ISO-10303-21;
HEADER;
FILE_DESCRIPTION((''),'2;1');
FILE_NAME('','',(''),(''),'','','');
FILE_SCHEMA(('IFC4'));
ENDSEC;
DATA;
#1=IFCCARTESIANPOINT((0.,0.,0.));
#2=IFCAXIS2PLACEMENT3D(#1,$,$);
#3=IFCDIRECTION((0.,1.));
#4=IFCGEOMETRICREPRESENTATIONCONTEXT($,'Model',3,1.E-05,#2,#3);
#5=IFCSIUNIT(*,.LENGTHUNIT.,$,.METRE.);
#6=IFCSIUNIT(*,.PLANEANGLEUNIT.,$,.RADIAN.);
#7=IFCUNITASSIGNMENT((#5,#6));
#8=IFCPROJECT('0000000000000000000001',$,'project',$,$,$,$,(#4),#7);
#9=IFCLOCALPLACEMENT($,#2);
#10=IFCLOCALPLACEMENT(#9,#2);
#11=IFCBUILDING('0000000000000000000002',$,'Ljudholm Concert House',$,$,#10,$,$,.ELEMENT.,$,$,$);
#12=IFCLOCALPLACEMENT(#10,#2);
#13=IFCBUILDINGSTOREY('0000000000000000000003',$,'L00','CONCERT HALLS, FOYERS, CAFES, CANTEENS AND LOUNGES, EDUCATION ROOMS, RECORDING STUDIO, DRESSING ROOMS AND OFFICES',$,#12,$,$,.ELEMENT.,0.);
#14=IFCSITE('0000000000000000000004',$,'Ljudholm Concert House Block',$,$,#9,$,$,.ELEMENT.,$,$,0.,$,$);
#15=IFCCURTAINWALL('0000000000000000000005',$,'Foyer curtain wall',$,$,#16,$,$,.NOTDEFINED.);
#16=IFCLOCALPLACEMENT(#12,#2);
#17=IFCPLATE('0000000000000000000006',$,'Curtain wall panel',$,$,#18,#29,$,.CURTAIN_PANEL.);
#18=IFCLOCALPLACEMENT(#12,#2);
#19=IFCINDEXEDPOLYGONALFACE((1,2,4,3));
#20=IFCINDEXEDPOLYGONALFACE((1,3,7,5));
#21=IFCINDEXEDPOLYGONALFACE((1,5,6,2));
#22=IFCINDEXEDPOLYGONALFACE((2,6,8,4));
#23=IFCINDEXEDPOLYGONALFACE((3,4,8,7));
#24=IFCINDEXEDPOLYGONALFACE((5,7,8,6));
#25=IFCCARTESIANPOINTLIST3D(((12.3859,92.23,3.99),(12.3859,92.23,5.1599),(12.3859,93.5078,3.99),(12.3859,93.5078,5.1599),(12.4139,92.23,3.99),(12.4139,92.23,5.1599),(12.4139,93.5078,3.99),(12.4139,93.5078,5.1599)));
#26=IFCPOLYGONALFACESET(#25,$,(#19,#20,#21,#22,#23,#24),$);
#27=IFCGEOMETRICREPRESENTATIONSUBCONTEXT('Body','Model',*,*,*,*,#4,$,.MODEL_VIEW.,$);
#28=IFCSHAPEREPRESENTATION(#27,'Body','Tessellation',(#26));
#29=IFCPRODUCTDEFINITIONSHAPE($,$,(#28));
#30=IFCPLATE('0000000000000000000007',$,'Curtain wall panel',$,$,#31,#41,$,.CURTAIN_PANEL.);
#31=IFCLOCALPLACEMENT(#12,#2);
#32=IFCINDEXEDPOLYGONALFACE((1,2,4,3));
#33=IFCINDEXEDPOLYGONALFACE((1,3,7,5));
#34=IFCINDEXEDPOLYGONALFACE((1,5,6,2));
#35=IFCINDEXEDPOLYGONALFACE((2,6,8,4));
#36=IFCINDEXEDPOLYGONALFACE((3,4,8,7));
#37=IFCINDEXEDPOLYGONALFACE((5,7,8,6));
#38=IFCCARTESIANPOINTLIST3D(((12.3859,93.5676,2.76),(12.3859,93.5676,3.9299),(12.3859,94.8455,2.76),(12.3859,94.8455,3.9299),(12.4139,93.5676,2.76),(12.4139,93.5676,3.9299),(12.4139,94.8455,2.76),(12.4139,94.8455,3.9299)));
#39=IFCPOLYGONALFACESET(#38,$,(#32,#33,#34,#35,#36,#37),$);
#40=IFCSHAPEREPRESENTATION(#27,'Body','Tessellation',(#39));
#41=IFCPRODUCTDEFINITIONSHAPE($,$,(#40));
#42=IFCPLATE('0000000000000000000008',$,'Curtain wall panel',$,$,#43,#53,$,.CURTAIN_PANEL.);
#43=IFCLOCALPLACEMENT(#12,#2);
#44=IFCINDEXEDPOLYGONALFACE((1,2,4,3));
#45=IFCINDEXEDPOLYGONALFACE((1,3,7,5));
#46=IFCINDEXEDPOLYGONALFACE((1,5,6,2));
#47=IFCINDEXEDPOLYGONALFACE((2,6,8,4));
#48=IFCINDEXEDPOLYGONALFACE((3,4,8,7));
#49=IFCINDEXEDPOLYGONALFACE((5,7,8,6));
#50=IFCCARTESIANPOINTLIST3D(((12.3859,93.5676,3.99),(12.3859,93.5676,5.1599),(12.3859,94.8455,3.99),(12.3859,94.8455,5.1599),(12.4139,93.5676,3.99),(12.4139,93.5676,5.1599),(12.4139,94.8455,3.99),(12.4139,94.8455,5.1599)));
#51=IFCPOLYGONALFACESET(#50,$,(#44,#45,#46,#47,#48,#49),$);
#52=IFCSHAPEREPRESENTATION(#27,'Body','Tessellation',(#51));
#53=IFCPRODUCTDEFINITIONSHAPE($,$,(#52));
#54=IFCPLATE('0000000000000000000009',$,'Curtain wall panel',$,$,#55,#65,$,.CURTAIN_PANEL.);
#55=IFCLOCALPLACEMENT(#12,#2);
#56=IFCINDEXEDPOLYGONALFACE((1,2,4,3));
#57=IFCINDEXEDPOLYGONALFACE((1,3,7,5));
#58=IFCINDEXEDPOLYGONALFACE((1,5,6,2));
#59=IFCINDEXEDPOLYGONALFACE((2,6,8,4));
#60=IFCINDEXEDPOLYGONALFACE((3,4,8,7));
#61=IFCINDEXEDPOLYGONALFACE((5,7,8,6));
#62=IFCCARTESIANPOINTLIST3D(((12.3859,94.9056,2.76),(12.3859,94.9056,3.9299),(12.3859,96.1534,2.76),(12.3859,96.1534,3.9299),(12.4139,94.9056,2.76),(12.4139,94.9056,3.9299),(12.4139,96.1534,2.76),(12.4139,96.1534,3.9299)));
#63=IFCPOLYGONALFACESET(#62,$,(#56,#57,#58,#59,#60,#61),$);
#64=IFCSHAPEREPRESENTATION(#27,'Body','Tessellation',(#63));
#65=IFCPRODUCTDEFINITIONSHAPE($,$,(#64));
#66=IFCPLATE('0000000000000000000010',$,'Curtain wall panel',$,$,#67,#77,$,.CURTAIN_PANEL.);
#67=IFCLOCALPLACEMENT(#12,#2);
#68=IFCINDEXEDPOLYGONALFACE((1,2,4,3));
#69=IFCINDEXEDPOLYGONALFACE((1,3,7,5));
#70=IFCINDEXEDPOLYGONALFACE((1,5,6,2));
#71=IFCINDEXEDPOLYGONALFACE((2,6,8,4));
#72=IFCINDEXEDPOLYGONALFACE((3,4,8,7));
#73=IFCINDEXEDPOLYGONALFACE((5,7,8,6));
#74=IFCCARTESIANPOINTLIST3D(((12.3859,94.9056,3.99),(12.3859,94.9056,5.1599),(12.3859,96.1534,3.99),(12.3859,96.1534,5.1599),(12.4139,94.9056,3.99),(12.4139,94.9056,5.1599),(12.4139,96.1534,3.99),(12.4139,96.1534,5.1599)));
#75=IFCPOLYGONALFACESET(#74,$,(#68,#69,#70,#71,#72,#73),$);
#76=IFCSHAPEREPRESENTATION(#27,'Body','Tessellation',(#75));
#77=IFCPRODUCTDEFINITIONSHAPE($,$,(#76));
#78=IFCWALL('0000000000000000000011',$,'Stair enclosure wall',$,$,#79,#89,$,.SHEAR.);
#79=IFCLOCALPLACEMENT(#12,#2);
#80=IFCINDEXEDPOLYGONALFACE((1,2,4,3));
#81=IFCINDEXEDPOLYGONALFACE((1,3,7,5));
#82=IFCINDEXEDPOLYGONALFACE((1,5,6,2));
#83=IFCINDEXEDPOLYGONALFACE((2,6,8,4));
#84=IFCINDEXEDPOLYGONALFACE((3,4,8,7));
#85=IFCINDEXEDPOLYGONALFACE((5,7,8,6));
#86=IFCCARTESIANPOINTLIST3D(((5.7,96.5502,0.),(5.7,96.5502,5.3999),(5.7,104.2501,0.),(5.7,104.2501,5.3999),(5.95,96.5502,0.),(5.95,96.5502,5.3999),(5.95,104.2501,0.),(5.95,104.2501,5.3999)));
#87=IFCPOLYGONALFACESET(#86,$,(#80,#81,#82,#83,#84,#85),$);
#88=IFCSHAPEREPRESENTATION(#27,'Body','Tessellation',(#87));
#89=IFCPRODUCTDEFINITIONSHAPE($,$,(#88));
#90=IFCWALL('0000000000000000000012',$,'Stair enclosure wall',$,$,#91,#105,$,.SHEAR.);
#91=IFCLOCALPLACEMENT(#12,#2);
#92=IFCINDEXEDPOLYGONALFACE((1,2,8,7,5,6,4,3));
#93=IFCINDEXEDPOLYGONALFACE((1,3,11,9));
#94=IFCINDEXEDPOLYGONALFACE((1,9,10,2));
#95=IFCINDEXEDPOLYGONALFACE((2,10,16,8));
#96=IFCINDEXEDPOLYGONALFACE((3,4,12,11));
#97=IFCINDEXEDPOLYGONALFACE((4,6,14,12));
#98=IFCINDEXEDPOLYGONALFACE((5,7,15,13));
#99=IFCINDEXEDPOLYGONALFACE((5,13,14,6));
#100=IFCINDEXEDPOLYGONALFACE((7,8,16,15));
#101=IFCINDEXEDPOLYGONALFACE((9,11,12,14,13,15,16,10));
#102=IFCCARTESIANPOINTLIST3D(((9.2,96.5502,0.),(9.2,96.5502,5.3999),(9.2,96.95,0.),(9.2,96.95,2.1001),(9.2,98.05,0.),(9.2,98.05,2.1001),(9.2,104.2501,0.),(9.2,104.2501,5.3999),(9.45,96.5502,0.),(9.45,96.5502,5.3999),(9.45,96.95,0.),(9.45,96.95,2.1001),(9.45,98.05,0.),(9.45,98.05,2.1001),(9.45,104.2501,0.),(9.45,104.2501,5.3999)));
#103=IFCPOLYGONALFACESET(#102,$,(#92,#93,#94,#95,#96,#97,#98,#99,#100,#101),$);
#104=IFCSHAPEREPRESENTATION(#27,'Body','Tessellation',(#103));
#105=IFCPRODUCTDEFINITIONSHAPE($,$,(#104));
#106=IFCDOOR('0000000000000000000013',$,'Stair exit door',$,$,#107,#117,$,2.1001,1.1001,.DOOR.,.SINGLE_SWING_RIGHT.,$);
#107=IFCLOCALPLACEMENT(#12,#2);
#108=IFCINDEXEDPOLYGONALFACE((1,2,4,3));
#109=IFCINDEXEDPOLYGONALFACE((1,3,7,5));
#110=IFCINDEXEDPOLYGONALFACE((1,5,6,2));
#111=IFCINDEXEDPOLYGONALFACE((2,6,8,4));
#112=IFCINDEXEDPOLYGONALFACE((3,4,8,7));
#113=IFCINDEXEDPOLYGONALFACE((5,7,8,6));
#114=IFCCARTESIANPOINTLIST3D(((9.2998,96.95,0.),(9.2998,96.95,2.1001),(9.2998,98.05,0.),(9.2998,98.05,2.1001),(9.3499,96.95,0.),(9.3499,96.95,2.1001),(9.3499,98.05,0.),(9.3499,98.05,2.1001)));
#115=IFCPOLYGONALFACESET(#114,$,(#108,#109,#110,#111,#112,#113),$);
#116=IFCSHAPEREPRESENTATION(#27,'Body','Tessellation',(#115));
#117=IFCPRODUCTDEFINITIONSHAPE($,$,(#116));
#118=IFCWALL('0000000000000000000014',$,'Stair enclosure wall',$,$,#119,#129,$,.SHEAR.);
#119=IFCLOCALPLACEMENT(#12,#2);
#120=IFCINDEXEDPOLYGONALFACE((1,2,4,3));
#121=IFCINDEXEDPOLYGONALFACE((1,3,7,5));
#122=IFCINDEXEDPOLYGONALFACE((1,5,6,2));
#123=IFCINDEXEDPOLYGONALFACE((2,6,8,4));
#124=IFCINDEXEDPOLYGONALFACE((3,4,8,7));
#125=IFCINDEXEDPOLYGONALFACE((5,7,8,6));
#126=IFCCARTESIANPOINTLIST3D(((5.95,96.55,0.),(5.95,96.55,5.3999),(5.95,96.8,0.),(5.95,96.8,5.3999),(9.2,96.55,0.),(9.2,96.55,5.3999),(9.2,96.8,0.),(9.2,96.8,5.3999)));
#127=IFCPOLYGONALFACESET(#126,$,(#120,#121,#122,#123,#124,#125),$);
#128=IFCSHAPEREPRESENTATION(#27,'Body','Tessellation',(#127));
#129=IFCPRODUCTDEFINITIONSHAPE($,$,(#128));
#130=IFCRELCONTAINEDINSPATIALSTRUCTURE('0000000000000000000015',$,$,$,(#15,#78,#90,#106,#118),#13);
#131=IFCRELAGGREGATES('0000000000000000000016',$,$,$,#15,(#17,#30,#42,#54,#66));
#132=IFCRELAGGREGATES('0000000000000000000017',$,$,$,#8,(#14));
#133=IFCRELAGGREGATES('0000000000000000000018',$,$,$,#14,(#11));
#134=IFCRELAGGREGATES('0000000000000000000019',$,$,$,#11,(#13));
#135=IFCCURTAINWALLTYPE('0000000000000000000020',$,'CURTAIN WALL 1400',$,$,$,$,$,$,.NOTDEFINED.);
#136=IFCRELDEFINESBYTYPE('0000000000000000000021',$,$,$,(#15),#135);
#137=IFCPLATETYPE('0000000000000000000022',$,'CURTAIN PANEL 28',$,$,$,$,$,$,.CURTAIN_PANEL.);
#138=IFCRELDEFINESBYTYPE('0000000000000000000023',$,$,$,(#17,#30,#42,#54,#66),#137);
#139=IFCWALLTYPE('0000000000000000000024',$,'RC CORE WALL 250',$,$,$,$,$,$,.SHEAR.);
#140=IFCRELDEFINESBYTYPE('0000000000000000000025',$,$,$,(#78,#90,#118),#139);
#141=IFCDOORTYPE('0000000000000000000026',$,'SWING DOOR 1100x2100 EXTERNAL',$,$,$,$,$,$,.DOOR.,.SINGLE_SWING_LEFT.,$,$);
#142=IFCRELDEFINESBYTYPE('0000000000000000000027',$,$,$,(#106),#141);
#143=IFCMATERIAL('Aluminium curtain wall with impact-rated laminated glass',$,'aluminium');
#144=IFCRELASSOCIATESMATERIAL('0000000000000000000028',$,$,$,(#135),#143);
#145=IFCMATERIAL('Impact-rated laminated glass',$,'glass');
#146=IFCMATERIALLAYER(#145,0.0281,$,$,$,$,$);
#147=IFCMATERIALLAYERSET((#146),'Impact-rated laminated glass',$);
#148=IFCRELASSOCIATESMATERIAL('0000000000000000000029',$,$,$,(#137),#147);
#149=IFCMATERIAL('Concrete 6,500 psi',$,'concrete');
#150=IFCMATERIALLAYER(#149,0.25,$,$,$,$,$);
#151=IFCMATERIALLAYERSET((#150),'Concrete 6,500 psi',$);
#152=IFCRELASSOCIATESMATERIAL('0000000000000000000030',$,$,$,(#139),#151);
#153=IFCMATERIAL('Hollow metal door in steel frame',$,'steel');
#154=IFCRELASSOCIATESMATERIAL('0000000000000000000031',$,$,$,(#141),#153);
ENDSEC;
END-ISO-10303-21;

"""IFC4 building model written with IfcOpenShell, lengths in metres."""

from ifc_helpers import new_model, si_unit, direction, frame, frame_2d, origin, origin_2d, place, context, subcontext, project, spatial, rectangle, extrude, material, layer, layer_set, type_object, element, fill, aggregate, save


model = new_model("IFC4")

# Units and contexts
model_context = context("Model", 3, precision=1e-05, world=origin(), true_north=direction((0.0, 1.0)))
body_context = subcontext(model_context, "Body", "Model", "MODEL_VIEW")
ifc_project = project(units=[si_unit("LENGTHUNIT", "METRE"), si_unit("PLANEANGLEUNIT", "RADIAN")], contexts=[model_context])

# Site, building, storey
site_placement = place(None, origin())
site = spatial("IfcSite", under=ifc_project, at=site_placement, Name="Ljudholm Concert House Block", CompositionType="ELEMENT", RefElevation=0.0)
building_placement = place(site_placement, origin())
building = spatial("IfcBuilding", under=site, at=building_placement, Name="Ljudholm Concert House", CompositionType="ELEMENT")
storey_placement = place(building_placement, origin())
storey = spatial("IfcBuildingStorey", under=building, at=storey_placement, Name="L00", Description="CONCERT HALLS, FOYERS, CAFES, CANTEENS AND LOUNGES, EDUCATION ROOMS, RECORDING STUDIO, DRESSING ROOMS AND OFFICES", CompositionType="ELEMENT", Elevation=0.0)

# Curtain wall
ifc_material_1 = material(Name="Aluminium curtain wall with impact-rated laminated glass", Category="aluminium")
curtain_wall_type = type_object("IfcCurtainWallType", Name="CURTAIN WALL 1400", PredefinedType="NOTDEFINED", material=ifc_material_1)
curtain_wall_1_placement = place(storey_placement, origin())
curtain_wall_1 = element("IfcCurtainWall", 1, at=curtain_wall_1_placement, inside=storey, type_object=curtain_wall_type, Name="Foyer curtain wall", PredefinedType="NOTDEFINED")

# Plates
ifc_material_2 = material(Name="Impact-rated laminated glass", Category="glass")
ifc_layer_1 = layer(ifc_material_2, 0.0281)
ifc_layer_set_1 = layer_set([ifc_layer_1], Name="Impact-rated laminated glass")
plate_type = type_object("IfcPlateType", Name="CURTAIN PANEL 28", PredefinedType="CURTAIN_PANEL", material=ifc_layer_set_1)
plate_1_placement = place(storey_placement, frame((12.3999, 92.8689, 3.99), z_axis=(0.0, 0.0, 1.0), x_axis=(0.0, 1.0, 0.0)))
plate_1 = element("IfcPlate", 2, at=plate_1_placement, type_object=plate_type, Name="Curtain wall panel", PredefinedType="CURTAIN_PANEL", context=body_context, shape_type="SweptSolid", body=[
    extrude(rectangle(XDim=1.2778, YDim=0.0281, at=origin_2d()), origin(), (0.0, 0.0, 1.0), 1.1699),
])
plate_2_placement = place(storey_placement, frame((12.3999, 94.2065, 2.76), z_axis=(0.0, 0.0, 1.0), x_axis=(0.0, 1.0, 0.0)))
plate_2 = element("IfcPlate", 3, at=plate_2_placement, type_object=plate_type, Name="Curtain wall panel", PredefinedType="CURTAIN_PANEL", context=body_context, shape_type="SweptSolid", body=[
    extrude(rectangle(XDim=1.2778, YDim=0.0281, at=origin_2d()), origin(), (0.0, 0.0, 1.0), 1.1699),
])
plate_3_placement = place(storey_placement, frame((12.3999, 94.2065, 3.99), z_axis=(0.0, 0.0, 1.0), x_axis=(0.0, 1.0, 0.0)))
plate_3 = element("IfcPlate", 4, at=plate_3_placement, type_object=plate_type, Name="Curtain wall panel", PredefinedType="CURTAIN_PANEL", context=body_context, shape_type="SweptSolid", body=[
    extrude(rectangle(XDim=1.2778, YDim=0.0281, at=origin_2d()), origin(), (0.0, 0.0, 1.0), 1.1699),
])
plate_4_placement = place(storey_placement, frame((12.3999, 95.5295, 2.76), z_axis=(0.0, 0.0, 1.0), x_axis=(0.0, 1.0, 0.0)))
plate_4 = element("IfcPlate", 5, at=plate_4_placement, type_object=plate_type, Name="Curtain wall panel", PredefinedType="CURTAIN_PANEL", context=body_context, shape_type="SweptSolid", body=[
    extrude(rectangle(XDim=1.2478, YDim=0.0281, at=origin_2d()), origin(), (0.0, 0.0, 1.0), 1.1699),
])
plate_5_placement = place(storey_placement, frame((12.3999, 95.5295, 3.99), z_axis=(0.0, 0.0, 1.0), x_axis=(0.0, 1.0, 0.0)))
plate_5 = element("IfcPlate", 6, at=plate_5_placement, type_object=plate_type, Name="Curtain wall panel", PredefinedType="CURTAIN_PANEL", context=body_context, shape_type="SweptSolid", body=[
    extrude(rectangle(XDim=1.2478, YDim=0.0281, at=origin_2d()), origin(), (0.0, 0.0, 1.0), 1.1699),
])
aggregate(curtain_wall_1, [plate_1, plate_2, plate_3, plate_4, plate_5])

# Wall
ifc_material_3 = material(Name="Concrete 6,500 psi", Category="concrete")
ifc_layer_2 = layer(ifc_material_3, 0.25)
ifc_layer_set_2 = layer_set([ifc_layer_2], Name="Concrete 6,500 psi")
wall_type_1 = type_object("IfcWallType", Name="RC CORE WALL 250", PredefinedType="SHEAR", material=ifc_layer_set_2)
wall_1_placement = place(storey_placement, frame((5.825, 96.55, 0.0), z_axis=(0.0, 0.0, 1.0), x_axis=(0.0, 1.0, 0.0)))
element("IfcWall", 7, at=wall_1_placement, inside=storey, type_object=wall_type_1, Name="Stair enclosure wall", PredefinedType="SHEAR", context=body_context, shape_type="SweptSolid", body=[
    extrude(rectangle(XDim=7.7, YDim=0.25, at=frame_2d((3.8501, 0.0))), origin(), (0.0, 0.0, 1.0), 5.3999),
])

# Wall, opening, door
wall_2_placement = place(storey_placement, frame((9.325, 96.55, 0.0), z_axis=(0.0, 0.0, 1.0), x_axis=(0.0, 1.0, 0.0)))
wall_2 = element("IfcWall", 8, at=wall_2_placement, inside=storey, type_object=wall_type_1, Name="Stair enclosure wall", PredefinedType="SHEAR", context=body_context, shape_type="SweptSolid", body=[
    extrude(rectangle(XDim=7.7, YDim=0.25, at=frame_2d((3.8501, 0.0))), origin(), (0.0, 0.0, 1.0), 5.3999),
])
opening_1_placement = place(wall_2_placement, frame((0.3999, 0.0, 0.0)))
opening_1 = element("IfcOpeningElement", 9, at=opening_1_placement, cuts=wall_2, PredefinedType="OPENING", context=body_context, shape_type="SweptSolid", body=[
    extrude(rectangle(XDim=1.1001, YDim=2.1001, at=frame_2d((0.55, 1.05))), frame((0.0, 0.135, 0.0), z_axis=(0.0, -1.0, 0.0), x_axis=(1.0, 0.0, 0.0)), (0.0, 0.0, 1.0), 0.27),
])
ifc_material_4 = material(Name="Hollow metal door in steel frame", Category="steel")
door_type_1 = type_object("IfcDoorType", Name="SWING DOOR 1100x2100 EXTERNAL", OperationType="SINGLE_SWING_LEFT", PredefinedType="DOOR", material=ifc_material_4)
door_1_placement = place(opening_1_placement, frame((1.1001, 0.0, 0.0), z_axis=(0.0, 0.0, 1.0), x_axis=(-1.0, 0.0, 0.0)))
door_1 = element("IfcDoor", 10, at=door_1_placement, inside=storey, type_object=door_type_1, Name="Stair exit door", OperationType="SINGLE_SWING_RIGHT", OverallHeight=2.1001, OverallWidth=1.1001, PredefinedType="DOOR", context=body_context, shape_type="SweptSolid", body=[
    extrude(rectangle(XDim=1.1001, YDim=2.1001, at=frame_2d((0.55, 1.05))), frame((0.0, 0.0249, 0.0), z_axis=(0.0, -1.0, 0.0), x_axis=(1.0, 0.0, 0.0)), (0.0, 0.0, 1.0), 0.05),
])
fill(opening_1, door_1)

# Wall
wall_3_placement = place(storey_placement, frame((5.95, 96.675, 0.0), z_axis=(0.0, 0.0, 1.0), x_axis=(1.0, 0.0, 0.0)))
element("IfcWall", 11, at=wall_3_placement, inside=storey, type_object=wall_type_1, Name="Stair enclosure wall", PredefinedType="SHEAR", context=body_context, shape_type="SweptSolid", body=[
    extrude(rectangle(XDim=3.25, YDim=0.25, at=frame_2d((1.625, 0.0))), origin(), (0.0, 0.0, 1.0), 5.3999),
])

save(model, "model.ifc")
